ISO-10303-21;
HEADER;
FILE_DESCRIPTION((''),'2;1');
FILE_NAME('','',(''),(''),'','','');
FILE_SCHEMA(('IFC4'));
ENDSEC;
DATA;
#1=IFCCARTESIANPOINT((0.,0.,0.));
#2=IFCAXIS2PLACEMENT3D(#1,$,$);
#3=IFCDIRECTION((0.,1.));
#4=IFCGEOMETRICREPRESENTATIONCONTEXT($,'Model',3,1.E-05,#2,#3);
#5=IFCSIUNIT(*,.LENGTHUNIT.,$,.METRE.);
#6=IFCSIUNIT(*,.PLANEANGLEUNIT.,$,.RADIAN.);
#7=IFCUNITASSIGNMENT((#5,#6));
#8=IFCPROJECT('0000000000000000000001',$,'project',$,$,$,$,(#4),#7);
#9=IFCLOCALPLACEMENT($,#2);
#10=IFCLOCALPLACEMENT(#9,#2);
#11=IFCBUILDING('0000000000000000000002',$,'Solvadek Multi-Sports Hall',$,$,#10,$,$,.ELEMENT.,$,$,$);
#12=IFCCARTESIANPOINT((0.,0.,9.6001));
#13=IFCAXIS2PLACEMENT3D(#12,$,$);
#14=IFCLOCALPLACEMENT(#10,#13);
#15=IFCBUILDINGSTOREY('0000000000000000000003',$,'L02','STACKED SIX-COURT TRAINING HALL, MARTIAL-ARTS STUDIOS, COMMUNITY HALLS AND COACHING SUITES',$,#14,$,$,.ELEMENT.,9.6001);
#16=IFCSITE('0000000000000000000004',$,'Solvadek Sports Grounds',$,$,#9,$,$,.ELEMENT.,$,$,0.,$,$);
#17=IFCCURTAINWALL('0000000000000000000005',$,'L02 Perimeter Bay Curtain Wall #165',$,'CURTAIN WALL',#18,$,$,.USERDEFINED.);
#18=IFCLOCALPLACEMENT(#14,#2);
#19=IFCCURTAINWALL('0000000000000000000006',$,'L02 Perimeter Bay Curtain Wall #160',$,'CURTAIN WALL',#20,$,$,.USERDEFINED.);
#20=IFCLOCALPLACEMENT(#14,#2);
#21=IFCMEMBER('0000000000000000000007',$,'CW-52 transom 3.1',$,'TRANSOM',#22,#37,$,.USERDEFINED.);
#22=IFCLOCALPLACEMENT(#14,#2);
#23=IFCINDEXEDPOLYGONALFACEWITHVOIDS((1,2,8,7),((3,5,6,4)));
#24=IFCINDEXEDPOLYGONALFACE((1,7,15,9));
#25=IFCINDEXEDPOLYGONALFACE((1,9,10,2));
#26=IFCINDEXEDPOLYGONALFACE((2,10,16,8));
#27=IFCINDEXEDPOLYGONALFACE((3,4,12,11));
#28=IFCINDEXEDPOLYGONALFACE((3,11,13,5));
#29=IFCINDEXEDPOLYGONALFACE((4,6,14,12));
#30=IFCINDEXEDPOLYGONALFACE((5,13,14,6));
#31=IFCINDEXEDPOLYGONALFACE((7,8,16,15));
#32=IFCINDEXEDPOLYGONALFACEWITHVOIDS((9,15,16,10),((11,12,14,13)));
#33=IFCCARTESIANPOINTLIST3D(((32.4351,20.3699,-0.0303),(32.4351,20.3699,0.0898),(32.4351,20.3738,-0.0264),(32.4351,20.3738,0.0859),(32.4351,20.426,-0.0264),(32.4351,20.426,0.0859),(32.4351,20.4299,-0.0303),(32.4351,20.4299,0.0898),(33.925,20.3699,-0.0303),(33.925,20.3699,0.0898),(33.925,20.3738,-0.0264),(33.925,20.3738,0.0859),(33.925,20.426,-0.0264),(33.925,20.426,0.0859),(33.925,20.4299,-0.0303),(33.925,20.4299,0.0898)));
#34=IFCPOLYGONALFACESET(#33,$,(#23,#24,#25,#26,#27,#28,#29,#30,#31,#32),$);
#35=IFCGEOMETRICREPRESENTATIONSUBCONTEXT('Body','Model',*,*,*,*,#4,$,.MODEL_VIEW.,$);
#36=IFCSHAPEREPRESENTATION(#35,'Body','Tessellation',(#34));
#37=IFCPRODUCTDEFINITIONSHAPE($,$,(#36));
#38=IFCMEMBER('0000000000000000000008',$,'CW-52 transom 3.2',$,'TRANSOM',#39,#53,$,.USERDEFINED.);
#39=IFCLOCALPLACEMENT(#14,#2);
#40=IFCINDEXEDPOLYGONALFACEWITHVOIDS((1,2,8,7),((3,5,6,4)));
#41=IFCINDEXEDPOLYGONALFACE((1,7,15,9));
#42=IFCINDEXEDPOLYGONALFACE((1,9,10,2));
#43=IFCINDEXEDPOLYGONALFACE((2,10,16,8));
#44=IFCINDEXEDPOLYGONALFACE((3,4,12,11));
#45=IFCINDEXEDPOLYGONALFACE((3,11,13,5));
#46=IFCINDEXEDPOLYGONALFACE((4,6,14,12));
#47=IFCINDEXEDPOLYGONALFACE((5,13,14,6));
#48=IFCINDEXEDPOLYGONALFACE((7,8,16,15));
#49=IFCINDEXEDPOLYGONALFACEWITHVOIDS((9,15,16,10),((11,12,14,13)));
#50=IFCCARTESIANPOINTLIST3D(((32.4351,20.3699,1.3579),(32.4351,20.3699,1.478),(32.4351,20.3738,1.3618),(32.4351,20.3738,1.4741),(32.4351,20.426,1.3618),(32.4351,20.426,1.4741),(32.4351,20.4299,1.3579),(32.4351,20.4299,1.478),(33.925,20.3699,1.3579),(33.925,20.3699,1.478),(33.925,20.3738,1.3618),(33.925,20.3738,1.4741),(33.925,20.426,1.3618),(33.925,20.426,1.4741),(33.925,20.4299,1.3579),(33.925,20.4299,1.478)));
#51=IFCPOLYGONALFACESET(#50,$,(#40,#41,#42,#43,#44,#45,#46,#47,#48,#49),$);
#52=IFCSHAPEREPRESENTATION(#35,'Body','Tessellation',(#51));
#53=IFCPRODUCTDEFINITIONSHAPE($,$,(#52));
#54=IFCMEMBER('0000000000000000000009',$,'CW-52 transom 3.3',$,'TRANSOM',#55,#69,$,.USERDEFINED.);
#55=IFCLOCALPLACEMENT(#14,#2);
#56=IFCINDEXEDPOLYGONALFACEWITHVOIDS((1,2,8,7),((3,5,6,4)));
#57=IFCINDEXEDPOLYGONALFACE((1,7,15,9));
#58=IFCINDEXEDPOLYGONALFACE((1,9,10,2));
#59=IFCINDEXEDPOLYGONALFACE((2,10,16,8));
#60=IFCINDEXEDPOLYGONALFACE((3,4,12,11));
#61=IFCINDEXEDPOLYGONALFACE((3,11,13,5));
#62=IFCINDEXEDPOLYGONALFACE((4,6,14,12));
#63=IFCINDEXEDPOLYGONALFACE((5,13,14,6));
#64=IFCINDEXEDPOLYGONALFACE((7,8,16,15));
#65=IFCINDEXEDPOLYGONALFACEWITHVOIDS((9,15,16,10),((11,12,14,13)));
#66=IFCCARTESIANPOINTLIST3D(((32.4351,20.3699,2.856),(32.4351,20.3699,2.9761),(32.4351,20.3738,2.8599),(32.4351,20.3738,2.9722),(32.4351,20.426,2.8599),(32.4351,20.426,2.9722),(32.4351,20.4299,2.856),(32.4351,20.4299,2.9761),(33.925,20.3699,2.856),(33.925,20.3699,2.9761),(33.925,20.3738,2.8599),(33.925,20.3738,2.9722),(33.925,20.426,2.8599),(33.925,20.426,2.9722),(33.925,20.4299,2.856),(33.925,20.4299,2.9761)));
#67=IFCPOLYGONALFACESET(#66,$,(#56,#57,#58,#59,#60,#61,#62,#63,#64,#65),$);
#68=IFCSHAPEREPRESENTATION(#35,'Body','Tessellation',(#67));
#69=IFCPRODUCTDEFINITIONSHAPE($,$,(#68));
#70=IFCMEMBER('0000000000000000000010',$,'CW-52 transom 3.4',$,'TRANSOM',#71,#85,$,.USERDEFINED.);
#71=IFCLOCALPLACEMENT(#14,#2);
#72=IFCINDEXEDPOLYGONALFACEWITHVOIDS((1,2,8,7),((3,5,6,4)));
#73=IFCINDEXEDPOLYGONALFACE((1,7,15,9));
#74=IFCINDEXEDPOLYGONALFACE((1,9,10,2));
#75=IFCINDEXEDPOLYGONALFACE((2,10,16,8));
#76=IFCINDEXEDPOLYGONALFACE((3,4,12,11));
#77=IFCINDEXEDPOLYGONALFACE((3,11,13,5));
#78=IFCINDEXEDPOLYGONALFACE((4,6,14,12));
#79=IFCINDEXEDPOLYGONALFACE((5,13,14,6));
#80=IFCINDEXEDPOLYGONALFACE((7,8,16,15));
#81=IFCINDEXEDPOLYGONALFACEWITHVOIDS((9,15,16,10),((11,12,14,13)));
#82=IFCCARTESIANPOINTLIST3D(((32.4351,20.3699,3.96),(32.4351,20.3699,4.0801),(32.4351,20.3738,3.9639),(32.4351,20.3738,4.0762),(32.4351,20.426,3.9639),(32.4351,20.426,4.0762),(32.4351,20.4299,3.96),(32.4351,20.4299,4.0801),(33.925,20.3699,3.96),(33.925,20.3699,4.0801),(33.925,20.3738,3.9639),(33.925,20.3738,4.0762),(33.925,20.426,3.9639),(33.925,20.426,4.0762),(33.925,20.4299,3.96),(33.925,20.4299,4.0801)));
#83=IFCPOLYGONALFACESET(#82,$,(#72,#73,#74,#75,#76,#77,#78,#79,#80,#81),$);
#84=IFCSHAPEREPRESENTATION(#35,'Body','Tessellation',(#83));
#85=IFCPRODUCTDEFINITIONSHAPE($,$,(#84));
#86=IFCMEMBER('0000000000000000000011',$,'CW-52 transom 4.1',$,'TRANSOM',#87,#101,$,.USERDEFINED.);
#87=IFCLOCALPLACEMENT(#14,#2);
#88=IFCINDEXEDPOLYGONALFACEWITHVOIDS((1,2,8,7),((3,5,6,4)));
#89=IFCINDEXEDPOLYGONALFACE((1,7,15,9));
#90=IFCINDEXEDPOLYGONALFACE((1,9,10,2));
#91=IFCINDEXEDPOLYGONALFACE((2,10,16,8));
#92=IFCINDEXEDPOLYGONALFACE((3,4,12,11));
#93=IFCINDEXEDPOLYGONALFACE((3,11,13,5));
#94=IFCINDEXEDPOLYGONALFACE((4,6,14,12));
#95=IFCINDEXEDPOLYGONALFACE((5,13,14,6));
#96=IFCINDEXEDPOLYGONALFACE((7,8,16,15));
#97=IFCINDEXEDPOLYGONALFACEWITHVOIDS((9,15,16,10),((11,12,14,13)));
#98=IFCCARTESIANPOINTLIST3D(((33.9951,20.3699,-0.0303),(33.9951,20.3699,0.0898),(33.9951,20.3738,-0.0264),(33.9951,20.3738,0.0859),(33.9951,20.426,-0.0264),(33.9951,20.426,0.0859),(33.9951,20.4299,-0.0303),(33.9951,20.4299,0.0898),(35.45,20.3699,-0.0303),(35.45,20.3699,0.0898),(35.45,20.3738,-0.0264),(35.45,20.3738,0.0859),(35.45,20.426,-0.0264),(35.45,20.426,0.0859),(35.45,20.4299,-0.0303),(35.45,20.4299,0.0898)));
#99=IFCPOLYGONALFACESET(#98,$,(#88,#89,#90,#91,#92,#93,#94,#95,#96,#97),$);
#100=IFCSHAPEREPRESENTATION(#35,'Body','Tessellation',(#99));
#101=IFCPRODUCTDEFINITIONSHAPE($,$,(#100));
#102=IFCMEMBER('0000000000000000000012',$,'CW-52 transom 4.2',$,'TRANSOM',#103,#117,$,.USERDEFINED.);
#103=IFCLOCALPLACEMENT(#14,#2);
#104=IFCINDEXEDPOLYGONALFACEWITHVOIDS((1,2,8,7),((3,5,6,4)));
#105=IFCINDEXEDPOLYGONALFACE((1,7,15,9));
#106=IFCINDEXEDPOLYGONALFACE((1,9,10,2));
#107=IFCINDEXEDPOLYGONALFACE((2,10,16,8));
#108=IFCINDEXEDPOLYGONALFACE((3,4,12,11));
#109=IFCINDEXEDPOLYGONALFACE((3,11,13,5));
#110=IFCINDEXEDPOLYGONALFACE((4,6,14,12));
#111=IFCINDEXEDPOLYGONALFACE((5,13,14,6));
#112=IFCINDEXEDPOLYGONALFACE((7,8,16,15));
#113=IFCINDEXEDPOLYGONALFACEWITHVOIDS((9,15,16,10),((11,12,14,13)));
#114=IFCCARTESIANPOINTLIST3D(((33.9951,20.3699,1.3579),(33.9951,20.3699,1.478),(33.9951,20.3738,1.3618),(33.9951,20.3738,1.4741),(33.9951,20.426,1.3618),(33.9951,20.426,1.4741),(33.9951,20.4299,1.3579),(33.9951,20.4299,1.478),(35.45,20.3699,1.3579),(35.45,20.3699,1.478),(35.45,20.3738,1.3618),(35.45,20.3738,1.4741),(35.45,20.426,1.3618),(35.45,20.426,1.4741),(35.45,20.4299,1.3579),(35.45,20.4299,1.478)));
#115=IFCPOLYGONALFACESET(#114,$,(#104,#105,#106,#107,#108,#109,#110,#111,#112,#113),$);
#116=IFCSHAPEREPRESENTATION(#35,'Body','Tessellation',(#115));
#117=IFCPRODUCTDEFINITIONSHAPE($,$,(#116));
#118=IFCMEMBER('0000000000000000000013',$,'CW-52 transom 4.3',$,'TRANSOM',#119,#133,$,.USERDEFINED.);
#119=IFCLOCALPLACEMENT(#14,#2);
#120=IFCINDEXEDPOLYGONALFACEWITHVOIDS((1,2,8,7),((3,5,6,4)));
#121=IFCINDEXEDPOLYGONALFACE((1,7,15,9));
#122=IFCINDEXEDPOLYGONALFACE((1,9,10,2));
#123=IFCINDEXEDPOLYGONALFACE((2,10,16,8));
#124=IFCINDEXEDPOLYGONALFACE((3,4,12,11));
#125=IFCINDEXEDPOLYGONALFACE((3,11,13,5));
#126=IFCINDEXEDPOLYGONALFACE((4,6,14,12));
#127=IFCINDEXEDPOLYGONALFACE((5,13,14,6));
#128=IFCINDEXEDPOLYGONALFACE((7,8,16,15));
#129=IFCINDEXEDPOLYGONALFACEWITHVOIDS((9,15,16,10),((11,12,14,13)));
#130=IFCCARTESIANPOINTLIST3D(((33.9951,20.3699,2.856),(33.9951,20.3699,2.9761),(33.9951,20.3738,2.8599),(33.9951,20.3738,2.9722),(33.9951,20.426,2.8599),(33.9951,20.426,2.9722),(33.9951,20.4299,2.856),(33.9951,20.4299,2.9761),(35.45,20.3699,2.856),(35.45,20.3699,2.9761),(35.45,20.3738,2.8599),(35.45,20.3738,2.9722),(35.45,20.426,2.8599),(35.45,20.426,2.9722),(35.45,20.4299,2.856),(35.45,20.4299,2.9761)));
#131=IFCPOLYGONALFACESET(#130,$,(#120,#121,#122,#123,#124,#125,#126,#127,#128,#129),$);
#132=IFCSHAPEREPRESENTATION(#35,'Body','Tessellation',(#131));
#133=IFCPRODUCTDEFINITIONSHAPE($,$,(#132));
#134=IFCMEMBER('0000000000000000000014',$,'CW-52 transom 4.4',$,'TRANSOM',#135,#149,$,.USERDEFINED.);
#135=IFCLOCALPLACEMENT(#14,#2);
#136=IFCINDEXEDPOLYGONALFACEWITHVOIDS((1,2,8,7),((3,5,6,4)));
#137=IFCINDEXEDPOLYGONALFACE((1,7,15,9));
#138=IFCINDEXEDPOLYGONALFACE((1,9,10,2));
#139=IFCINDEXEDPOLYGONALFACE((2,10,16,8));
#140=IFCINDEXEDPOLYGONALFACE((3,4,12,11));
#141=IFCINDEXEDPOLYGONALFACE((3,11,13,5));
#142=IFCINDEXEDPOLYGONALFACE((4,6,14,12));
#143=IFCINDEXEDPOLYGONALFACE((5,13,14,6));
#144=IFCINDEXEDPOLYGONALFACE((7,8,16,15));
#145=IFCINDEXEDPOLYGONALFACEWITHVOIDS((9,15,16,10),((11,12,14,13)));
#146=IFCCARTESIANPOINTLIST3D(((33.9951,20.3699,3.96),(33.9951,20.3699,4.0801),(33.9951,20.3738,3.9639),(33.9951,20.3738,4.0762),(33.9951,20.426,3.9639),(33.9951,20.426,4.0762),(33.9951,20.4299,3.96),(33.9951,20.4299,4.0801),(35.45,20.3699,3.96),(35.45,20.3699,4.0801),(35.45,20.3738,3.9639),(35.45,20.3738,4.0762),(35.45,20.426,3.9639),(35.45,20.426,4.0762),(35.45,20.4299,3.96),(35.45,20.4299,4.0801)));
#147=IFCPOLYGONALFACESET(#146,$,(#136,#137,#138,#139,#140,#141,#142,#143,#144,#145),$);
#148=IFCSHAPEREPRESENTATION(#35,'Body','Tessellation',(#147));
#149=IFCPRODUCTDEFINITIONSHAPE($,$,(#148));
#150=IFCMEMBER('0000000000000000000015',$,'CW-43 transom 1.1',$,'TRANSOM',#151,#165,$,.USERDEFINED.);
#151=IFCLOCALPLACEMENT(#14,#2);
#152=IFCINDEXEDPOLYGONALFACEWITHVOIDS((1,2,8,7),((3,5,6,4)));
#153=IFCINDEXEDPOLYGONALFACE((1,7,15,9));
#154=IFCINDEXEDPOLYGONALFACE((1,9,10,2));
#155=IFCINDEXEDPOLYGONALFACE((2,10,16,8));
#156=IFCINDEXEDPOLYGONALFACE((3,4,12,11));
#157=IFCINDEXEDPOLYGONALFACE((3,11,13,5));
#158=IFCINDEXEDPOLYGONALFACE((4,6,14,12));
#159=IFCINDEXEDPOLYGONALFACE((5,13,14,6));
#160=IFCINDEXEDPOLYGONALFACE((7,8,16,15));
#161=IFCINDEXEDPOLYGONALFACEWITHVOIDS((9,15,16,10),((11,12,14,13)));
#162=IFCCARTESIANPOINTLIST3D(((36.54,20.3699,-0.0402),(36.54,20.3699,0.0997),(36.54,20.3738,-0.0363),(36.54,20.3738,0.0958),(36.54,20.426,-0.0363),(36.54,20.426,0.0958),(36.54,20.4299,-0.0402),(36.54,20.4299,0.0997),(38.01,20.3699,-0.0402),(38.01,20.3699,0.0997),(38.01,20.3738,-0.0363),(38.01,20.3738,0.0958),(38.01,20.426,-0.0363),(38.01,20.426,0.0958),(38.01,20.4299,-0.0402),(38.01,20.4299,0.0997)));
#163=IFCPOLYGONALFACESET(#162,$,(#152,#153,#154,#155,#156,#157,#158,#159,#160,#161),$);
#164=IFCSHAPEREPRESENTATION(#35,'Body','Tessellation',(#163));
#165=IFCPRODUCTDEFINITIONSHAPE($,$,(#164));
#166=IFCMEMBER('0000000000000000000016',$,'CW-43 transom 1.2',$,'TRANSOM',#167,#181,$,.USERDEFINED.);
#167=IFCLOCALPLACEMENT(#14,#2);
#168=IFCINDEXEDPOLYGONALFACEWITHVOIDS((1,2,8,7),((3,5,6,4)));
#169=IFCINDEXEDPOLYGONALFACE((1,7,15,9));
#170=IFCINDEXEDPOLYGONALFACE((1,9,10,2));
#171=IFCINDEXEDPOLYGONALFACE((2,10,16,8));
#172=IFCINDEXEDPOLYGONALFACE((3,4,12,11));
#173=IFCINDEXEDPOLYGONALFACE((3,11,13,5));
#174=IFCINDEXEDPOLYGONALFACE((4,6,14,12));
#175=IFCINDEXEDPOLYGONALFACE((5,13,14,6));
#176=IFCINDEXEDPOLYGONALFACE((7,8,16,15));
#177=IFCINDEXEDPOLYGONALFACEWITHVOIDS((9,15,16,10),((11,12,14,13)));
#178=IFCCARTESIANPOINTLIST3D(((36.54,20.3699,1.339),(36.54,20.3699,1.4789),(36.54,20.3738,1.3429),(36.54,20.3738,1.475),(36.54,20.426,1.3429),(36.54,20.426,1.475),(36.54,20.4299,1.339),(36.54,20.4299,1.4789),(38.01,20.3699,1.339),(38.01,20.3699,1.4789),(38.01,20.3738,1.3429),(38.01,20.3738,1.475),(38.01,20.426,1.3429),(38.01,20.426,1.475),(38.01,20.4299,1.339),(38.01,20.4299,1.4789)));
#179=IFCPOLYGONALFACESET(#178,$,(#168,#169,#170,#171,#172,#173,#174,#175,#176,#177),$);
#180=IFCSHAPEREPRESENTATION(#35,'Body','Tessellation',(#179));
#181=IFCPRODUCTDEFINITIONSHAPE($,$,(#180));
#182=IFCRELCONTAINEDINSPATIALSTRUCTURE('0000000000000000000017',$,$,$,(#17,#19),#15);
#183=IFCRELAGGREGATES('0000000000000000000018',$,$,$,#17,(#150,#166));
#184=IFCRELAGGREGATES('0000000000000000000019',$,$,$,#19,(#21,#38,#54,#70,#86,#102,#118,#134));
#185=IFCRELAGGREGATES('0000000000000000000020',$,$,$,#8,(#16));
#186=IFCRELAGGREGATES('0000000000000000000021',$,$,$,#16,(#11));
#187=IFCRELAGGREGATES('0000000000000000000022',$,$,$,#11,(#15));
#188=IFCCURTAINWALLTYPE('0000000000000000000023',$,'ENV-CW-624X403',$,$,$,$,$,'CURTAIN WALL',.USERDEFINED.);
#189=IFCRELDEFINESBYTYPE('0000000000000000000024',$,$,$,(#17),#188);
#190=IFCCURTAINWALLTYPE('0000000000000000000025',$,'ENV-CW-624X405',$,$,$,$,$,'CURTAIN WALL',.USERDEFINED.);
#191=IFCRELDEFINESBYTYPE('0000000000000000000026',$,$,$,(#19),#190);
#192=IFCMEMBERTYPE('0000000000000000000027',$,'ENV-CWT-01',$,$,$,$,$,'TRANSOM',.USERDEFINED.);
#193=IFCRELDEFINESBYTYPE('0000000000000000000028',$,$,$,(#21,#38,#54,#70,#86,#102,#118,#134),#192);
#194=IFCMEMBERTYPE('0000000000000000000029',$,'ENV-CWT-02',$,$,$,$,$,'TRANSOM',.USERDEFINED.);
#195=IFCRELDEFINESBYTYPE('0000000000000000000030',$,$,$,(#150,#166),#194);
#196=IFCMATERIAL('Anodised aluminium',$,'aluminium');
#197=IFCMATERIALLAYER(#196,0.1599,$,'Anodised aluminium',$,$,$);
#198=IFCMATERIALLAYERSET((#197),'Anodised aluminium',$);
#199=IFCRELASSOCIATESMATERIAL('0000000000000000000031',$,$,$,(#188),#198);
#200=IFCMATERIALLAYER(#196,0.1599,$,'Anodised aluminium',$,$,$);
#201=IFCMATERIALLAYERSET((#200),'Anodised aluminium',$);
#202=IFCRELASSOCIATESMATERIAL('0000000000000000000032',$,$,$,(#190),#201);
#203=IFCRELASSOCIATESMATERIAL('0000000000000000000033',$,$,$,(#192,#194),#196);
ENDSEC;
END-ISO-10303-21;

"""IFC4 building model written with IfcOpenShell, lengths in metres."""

from ifc_helpers import new_model, si_unit, direction, frame, origin, origin_2d, place, context, subcontext, project, spatial, hollow_rectangle, extrude, material, layer, layer_set, material_profile, profile_set, type_object, element, aggregate, save


model = new_model("IFC4")

# Units and contexts
model_context = context("Model", 3, precision=1e-05, world=origin(), true_north=direction((0.0, 1.0)))
body_context = subcontext(model_context, "Body", "Model", "MODEL_VIEW")
ifc_project = project(units=[si_unit("LENGTHUNIT", "METRE"), si_unit("PLANEANGLEUNIT", "RADIAN")], contexts=[model_context])

# Site, building, storey
site_placement = place(None, origin())
site = spatial("IfcSite", under=ifc_project, at=site_placement, Name="Solvadek Sports Grounds", CompositionType="ELEMENT", RefElevation=0.0)
building_placement = place(site_placement, origin())
building = spatial("IfcBuilding", under=site, at=building_placement, Name="Solvadek Multi-Sports Hall", CompositionType="ELEMENT")
storey_placement = place(building_placement, frame((0.0, 0.0, 9.6001)))
storey = spatial("IfcBuildingStorey", under=building, at=storey_placement, Name="L02", Description="STACKED SIX-COURT TRAINING HALL, MARTIAL-ARTS STUDIOS, COMMUNITY HALLS AND COACHING SUITES", CompositionType="ELEMENT", Elevation=9.6001)

# Curtain wall
ifc_material_1 = material(Name="Anodised aluminium", Category="aluminium")
ifc_layer_1 = layer(ifc_material_1, 0.1599, Name="Anodised aluminium")
ifc_layer_set_1 = layer_set([ifc_layer_1], Name="Anodised aluminium")
curtain_wall_type_1 = type_object("IfcCurtainWallType", Name="ENV-CW-624X403", ElementType="CURTAIN WALL", PredefinedType="USERDEFINED", material=ifc_layer_set_1)
curtain_wall_1_placement = place(storey_placement, origin())
curtain_wall_1 = element("IfcCurtainWall", 1, at=curtain_wall_1_placement, inside=storey, type_object=curtain_wall_type_1, Name="L02 Perimeter Bay Curtain Wall #165", ObjectType="CURTAIN WALL", PredefinedType="USERDEFINED")

# Curtain wall, members
ifc_layer_2 = layer(ifc_material_1, 0.1599, Name="Anodised aluminium")
ifc_layer_set_2 = layer_set([ifc_layer_2], Name="Anodised aluminium")
curtain_wall_type_2 = type_object("IfcCurtainWallType", Name="ENV-CW-624X405", ElementType="CURTAIN WALL", PredefinedType="USERDEFINED", material=ifc_layer_set_2)
curtain_wall_2_placement = place(storey_placement, origin())
curtain_wall_2 = element("IfcCurtainWall", 2, at=curtain_wall_2_placement, inside=storey, type_object=curtain_wall_type_2, Name="L02 Perimeter Bay Curtain Wall #160", ObjectType="CURTAIN WALL", PredefinedType="USERDEFINED")
ifc_material_profile_1 = material_profile(ifc_material_1, hollow_rectangle(XDim=0.0601, YDim=0.1201, WallThickness=0.0039, at=origin_2d()), Name="ALU-T 120x60x4")
ifc_profile_set_1 = profile_set([ifc_material_profile_1], Name="Anodised aluminium")
member_type_1 = type_object("IfcMemberType", Name="ENV-CWT-01", ElementType="TRANSOM", PredefinedType="USERDEFINED", material=ifc_profile_set_1)
member_1_placement = place(storey_placement, frame((32.4351, 20.3999, 0.0298), z_axis=(1.0, 0.0, 0.0), x_axis=(0.0, 1.0, 0.0)))
member_1 = element("IfcMember", 3, at=member_1_placement, type_object=member_type_1, Name="CW-52 transom 3.1", ObjectType="TRANSOM", PredefinedType="USERDEFINED", context=body_context, shape_type="SweptSolid", body=[
    extrude(hollow_rectangle(XDim=0.0601, YDim=0.1201, WallThickness=0.0039, at=origin_2d()), origin(), (0.0, 0.0, 1.0), 1.49),
])
member_2_placement = place(storey_placement, frame((32.4351, 20.3999, 1.418), z_axis=(1.0, 0.0, 0.0), x_axis=(0.0, 1.0, 0.0)))
member_2 = element("IfcMember", 4, at=member_2_placement, type_object=member_type_1, Name="CW-52 transom 3.2", ObjectType="TRANSOM", PredefinedType="USERDEFINED", context=body_context, shape_type="SweptSolid", body=[
    extrude(hollow_rectangle(XDim=0.0601, YDim=0.1201, WallThickness=0.0039, at=origin_2d()), origin(), (0.0, 0.0, 1.0), 1.49),
])
member_3_placement = place(storey_placement, frame((32.4351, 20.3999, 2.916), z_axis=(1.0, 0.0, 0.0), x_axis=(0.0, 1.0, 0.0)))
member_3 = element("IfcMember", 5, at=member_3_placement, type_object=member_type_1, Name="CW-52 transom 3.3", ObjectType="TRANSOM", PredefinedType="USERDEFINED", context=body_context, shape_type="SweptSolid", body=[
    extrude(hollow_rectangle(XDim=0.0601, YDim=0.1201, WallThickness=0.0039, at=origin_2d()), origin(), (0.0, 0.0, 1.0), 1.49),
])
member_4_placement = place(storey_placement, frame((32.4351, 20.3999, 4.02), z_axis=(1.0, 0.0, 0.0), x_axis=(0.0, 1.0, 0.0)))
member_4 = element("IfcMember", 6, at=member_4_placement, type_object=member_type_1, Name="CW-52 transom 3.4", ObjectType="TRANSOM", PredefinedType="USERDEFINED", context=body_context, shape_type="SweptSolid", body=[
    extrude(hollow_rectangle(XDim=0.0601, YDim=0.1201, WallThickness=0.0039, at=origin_2d()), origin(), (0.0, 0.0, 1.0), 1.49),
])
member_5_placement = place(storey_placement, frame((33.9951, 20.3999, 0.0298), z_axis=(1.0, 0.0, 0.0), x_axis=(0.0, 1.0, 0.0)))
member_5 = element("IfcMember", 7, at=member_5_placement, type_object=member_type_1, Name="CW-52 transom 4.1", ObjectType="TRANSOM", PredefinedType="USERDEFINED", context=body_context, shape_type="SweptSolid", body=[
    extrude(hollow_rectangle(XDim=0.0601, YDim=0.1201, WallThickness=0.0039, at=origin_2d()), origin(), (0.0, 0.0, 1.0), 1.4548),
])
member_6_placement = place(storey_placement, frame((33.9951, 20.3999, 1.418), z_axis=(1.0, 0.0, 0.0), x_axis=(0.0, 1.0, 0.0)))
member_6 = element("IfcMember", 8, at=member_6_placement, type_object=member_type_1, Name="CW-52 transom 4.2", ObjectType="TRANSOM", PredefinedType="USERDEFINED", context=body_context, shape_type="SweptSolid", body=[
    extrude(hollow_rectangle(XDim=0.0601, YDim=0.1201, WallThickness=0.0039, at=origin_2d()), origin(), (0.0, 0.0, 1.0), 1.4548),
])
member_7_placement = place(storey_placement, frame((33.9951, 20.3999, 2.916), z_axis=(1.0, 0.0, 0.0), x_axis=(0.0, 1.0, 0.0)))
member_7 = element("IfcMember", 9, at=member_7_placement, type_object=member_type_1, Name="CW-52 transom 4.3", ObjectType="TRANSOM", PredefinedType="USERDEFINED", context=body_context, shape_type="SweptSolid", body=[
    extrude(hollow_rectangle(XDim=0.0601, YDim=0.1201, WallThickness=0.0039, at=origin_2d()), origin(), (0.0, 0.0, 1.0), 1.4548),
])
member_8_placement = place(storey_placement, frame((33.9951, 20.3999, 4.02), z_axis=(1.0, 0.0, 0.0), x_axis=(0.0, 1.0, 0.0)))
member_8 = element("IfcMember", 10, at=member_8_placement, type_object=member_type_1, Name="CW-52 transom 4.4", ObjectType="TRANSOM", PredefinedType="USERDEFINED", context=body_context, shape_type="SweptSolid", body=[
    extrude(hollow_rectangle(XDim=0.0601, YDim=0.1201, WallThickness=0.0039, at=origin_2d()), origin(), (0.0, 0.0, 1.0), 1.4548),
])

# Members
ifc_material_profile_2 = material_profile(ifc_material_1, hollow_rectangle(XDim=0.0601, YDim=0.1399, WallThickness=0.0039, at=origin_2d()), Name="ALU-T 140x60x4")
ifc_profile_set_2 = profile_set([ifc_material_profile_2], Name="Anodised aluminium")
member_type_2 = type_object("IfcMemberType", Name="ENV-CWT-02", ElementType="TRANSOM", PredefinedType="USERDEFINED", material=ifc_profile_set_2)
member_9_placement = place(storey_placement, frame((36.54, 20.3999, 0.0298), z_axis=(1.0, 0.0, 0.0), x_axis=(0.0, 1.0, 0.0)))
member_9 = element("IfcMember", 11, at=member_9_placement, type_object=member_type_2, Name="CW-43 transom 1.1", ObjectType="TRANSOM", PredefinedType="USERDEFINED", context=body_context, shape_type="SweptSolid", body=[
    extrude(hollow_rectangle(XDim=0.0601, YDim=0.1399, WallThickness=0.0039, at=origin_2d()), origin(), (0.0, 0.0, 1.0), 1.47),
])
member_10_placement = place(storey_placement, frame((36.54, 20.3999, 1.4089), z_axis=(1.0, 0.0, 0.0), x_axis=(0.0, 1.0, 0.0)))
member_10 = element("IfcMember", 12, at=member_10_placement, type_object=member_type_2, Name="CW-43 transom 1.2", ObjectType="TRANSOM", PredefinedType="USERDEFINED", context=body_context, shape_type="SweptSolid", body=[
    extrude(hollow_rectangle(XDim=0.0601, YDim=0.1399, WallThickness=0.0039, at=origin_2d()), origin(), (0.0, 0.0, 1.0), 1.47),
])
aggregate(curtain_wall_1, [member_9, member_10])

aggregate(curtain_wall_2, [member_1, member_2, member_3, member_4, member_5, member_6, member_7, member_8])

save(model, "model.ifc")
